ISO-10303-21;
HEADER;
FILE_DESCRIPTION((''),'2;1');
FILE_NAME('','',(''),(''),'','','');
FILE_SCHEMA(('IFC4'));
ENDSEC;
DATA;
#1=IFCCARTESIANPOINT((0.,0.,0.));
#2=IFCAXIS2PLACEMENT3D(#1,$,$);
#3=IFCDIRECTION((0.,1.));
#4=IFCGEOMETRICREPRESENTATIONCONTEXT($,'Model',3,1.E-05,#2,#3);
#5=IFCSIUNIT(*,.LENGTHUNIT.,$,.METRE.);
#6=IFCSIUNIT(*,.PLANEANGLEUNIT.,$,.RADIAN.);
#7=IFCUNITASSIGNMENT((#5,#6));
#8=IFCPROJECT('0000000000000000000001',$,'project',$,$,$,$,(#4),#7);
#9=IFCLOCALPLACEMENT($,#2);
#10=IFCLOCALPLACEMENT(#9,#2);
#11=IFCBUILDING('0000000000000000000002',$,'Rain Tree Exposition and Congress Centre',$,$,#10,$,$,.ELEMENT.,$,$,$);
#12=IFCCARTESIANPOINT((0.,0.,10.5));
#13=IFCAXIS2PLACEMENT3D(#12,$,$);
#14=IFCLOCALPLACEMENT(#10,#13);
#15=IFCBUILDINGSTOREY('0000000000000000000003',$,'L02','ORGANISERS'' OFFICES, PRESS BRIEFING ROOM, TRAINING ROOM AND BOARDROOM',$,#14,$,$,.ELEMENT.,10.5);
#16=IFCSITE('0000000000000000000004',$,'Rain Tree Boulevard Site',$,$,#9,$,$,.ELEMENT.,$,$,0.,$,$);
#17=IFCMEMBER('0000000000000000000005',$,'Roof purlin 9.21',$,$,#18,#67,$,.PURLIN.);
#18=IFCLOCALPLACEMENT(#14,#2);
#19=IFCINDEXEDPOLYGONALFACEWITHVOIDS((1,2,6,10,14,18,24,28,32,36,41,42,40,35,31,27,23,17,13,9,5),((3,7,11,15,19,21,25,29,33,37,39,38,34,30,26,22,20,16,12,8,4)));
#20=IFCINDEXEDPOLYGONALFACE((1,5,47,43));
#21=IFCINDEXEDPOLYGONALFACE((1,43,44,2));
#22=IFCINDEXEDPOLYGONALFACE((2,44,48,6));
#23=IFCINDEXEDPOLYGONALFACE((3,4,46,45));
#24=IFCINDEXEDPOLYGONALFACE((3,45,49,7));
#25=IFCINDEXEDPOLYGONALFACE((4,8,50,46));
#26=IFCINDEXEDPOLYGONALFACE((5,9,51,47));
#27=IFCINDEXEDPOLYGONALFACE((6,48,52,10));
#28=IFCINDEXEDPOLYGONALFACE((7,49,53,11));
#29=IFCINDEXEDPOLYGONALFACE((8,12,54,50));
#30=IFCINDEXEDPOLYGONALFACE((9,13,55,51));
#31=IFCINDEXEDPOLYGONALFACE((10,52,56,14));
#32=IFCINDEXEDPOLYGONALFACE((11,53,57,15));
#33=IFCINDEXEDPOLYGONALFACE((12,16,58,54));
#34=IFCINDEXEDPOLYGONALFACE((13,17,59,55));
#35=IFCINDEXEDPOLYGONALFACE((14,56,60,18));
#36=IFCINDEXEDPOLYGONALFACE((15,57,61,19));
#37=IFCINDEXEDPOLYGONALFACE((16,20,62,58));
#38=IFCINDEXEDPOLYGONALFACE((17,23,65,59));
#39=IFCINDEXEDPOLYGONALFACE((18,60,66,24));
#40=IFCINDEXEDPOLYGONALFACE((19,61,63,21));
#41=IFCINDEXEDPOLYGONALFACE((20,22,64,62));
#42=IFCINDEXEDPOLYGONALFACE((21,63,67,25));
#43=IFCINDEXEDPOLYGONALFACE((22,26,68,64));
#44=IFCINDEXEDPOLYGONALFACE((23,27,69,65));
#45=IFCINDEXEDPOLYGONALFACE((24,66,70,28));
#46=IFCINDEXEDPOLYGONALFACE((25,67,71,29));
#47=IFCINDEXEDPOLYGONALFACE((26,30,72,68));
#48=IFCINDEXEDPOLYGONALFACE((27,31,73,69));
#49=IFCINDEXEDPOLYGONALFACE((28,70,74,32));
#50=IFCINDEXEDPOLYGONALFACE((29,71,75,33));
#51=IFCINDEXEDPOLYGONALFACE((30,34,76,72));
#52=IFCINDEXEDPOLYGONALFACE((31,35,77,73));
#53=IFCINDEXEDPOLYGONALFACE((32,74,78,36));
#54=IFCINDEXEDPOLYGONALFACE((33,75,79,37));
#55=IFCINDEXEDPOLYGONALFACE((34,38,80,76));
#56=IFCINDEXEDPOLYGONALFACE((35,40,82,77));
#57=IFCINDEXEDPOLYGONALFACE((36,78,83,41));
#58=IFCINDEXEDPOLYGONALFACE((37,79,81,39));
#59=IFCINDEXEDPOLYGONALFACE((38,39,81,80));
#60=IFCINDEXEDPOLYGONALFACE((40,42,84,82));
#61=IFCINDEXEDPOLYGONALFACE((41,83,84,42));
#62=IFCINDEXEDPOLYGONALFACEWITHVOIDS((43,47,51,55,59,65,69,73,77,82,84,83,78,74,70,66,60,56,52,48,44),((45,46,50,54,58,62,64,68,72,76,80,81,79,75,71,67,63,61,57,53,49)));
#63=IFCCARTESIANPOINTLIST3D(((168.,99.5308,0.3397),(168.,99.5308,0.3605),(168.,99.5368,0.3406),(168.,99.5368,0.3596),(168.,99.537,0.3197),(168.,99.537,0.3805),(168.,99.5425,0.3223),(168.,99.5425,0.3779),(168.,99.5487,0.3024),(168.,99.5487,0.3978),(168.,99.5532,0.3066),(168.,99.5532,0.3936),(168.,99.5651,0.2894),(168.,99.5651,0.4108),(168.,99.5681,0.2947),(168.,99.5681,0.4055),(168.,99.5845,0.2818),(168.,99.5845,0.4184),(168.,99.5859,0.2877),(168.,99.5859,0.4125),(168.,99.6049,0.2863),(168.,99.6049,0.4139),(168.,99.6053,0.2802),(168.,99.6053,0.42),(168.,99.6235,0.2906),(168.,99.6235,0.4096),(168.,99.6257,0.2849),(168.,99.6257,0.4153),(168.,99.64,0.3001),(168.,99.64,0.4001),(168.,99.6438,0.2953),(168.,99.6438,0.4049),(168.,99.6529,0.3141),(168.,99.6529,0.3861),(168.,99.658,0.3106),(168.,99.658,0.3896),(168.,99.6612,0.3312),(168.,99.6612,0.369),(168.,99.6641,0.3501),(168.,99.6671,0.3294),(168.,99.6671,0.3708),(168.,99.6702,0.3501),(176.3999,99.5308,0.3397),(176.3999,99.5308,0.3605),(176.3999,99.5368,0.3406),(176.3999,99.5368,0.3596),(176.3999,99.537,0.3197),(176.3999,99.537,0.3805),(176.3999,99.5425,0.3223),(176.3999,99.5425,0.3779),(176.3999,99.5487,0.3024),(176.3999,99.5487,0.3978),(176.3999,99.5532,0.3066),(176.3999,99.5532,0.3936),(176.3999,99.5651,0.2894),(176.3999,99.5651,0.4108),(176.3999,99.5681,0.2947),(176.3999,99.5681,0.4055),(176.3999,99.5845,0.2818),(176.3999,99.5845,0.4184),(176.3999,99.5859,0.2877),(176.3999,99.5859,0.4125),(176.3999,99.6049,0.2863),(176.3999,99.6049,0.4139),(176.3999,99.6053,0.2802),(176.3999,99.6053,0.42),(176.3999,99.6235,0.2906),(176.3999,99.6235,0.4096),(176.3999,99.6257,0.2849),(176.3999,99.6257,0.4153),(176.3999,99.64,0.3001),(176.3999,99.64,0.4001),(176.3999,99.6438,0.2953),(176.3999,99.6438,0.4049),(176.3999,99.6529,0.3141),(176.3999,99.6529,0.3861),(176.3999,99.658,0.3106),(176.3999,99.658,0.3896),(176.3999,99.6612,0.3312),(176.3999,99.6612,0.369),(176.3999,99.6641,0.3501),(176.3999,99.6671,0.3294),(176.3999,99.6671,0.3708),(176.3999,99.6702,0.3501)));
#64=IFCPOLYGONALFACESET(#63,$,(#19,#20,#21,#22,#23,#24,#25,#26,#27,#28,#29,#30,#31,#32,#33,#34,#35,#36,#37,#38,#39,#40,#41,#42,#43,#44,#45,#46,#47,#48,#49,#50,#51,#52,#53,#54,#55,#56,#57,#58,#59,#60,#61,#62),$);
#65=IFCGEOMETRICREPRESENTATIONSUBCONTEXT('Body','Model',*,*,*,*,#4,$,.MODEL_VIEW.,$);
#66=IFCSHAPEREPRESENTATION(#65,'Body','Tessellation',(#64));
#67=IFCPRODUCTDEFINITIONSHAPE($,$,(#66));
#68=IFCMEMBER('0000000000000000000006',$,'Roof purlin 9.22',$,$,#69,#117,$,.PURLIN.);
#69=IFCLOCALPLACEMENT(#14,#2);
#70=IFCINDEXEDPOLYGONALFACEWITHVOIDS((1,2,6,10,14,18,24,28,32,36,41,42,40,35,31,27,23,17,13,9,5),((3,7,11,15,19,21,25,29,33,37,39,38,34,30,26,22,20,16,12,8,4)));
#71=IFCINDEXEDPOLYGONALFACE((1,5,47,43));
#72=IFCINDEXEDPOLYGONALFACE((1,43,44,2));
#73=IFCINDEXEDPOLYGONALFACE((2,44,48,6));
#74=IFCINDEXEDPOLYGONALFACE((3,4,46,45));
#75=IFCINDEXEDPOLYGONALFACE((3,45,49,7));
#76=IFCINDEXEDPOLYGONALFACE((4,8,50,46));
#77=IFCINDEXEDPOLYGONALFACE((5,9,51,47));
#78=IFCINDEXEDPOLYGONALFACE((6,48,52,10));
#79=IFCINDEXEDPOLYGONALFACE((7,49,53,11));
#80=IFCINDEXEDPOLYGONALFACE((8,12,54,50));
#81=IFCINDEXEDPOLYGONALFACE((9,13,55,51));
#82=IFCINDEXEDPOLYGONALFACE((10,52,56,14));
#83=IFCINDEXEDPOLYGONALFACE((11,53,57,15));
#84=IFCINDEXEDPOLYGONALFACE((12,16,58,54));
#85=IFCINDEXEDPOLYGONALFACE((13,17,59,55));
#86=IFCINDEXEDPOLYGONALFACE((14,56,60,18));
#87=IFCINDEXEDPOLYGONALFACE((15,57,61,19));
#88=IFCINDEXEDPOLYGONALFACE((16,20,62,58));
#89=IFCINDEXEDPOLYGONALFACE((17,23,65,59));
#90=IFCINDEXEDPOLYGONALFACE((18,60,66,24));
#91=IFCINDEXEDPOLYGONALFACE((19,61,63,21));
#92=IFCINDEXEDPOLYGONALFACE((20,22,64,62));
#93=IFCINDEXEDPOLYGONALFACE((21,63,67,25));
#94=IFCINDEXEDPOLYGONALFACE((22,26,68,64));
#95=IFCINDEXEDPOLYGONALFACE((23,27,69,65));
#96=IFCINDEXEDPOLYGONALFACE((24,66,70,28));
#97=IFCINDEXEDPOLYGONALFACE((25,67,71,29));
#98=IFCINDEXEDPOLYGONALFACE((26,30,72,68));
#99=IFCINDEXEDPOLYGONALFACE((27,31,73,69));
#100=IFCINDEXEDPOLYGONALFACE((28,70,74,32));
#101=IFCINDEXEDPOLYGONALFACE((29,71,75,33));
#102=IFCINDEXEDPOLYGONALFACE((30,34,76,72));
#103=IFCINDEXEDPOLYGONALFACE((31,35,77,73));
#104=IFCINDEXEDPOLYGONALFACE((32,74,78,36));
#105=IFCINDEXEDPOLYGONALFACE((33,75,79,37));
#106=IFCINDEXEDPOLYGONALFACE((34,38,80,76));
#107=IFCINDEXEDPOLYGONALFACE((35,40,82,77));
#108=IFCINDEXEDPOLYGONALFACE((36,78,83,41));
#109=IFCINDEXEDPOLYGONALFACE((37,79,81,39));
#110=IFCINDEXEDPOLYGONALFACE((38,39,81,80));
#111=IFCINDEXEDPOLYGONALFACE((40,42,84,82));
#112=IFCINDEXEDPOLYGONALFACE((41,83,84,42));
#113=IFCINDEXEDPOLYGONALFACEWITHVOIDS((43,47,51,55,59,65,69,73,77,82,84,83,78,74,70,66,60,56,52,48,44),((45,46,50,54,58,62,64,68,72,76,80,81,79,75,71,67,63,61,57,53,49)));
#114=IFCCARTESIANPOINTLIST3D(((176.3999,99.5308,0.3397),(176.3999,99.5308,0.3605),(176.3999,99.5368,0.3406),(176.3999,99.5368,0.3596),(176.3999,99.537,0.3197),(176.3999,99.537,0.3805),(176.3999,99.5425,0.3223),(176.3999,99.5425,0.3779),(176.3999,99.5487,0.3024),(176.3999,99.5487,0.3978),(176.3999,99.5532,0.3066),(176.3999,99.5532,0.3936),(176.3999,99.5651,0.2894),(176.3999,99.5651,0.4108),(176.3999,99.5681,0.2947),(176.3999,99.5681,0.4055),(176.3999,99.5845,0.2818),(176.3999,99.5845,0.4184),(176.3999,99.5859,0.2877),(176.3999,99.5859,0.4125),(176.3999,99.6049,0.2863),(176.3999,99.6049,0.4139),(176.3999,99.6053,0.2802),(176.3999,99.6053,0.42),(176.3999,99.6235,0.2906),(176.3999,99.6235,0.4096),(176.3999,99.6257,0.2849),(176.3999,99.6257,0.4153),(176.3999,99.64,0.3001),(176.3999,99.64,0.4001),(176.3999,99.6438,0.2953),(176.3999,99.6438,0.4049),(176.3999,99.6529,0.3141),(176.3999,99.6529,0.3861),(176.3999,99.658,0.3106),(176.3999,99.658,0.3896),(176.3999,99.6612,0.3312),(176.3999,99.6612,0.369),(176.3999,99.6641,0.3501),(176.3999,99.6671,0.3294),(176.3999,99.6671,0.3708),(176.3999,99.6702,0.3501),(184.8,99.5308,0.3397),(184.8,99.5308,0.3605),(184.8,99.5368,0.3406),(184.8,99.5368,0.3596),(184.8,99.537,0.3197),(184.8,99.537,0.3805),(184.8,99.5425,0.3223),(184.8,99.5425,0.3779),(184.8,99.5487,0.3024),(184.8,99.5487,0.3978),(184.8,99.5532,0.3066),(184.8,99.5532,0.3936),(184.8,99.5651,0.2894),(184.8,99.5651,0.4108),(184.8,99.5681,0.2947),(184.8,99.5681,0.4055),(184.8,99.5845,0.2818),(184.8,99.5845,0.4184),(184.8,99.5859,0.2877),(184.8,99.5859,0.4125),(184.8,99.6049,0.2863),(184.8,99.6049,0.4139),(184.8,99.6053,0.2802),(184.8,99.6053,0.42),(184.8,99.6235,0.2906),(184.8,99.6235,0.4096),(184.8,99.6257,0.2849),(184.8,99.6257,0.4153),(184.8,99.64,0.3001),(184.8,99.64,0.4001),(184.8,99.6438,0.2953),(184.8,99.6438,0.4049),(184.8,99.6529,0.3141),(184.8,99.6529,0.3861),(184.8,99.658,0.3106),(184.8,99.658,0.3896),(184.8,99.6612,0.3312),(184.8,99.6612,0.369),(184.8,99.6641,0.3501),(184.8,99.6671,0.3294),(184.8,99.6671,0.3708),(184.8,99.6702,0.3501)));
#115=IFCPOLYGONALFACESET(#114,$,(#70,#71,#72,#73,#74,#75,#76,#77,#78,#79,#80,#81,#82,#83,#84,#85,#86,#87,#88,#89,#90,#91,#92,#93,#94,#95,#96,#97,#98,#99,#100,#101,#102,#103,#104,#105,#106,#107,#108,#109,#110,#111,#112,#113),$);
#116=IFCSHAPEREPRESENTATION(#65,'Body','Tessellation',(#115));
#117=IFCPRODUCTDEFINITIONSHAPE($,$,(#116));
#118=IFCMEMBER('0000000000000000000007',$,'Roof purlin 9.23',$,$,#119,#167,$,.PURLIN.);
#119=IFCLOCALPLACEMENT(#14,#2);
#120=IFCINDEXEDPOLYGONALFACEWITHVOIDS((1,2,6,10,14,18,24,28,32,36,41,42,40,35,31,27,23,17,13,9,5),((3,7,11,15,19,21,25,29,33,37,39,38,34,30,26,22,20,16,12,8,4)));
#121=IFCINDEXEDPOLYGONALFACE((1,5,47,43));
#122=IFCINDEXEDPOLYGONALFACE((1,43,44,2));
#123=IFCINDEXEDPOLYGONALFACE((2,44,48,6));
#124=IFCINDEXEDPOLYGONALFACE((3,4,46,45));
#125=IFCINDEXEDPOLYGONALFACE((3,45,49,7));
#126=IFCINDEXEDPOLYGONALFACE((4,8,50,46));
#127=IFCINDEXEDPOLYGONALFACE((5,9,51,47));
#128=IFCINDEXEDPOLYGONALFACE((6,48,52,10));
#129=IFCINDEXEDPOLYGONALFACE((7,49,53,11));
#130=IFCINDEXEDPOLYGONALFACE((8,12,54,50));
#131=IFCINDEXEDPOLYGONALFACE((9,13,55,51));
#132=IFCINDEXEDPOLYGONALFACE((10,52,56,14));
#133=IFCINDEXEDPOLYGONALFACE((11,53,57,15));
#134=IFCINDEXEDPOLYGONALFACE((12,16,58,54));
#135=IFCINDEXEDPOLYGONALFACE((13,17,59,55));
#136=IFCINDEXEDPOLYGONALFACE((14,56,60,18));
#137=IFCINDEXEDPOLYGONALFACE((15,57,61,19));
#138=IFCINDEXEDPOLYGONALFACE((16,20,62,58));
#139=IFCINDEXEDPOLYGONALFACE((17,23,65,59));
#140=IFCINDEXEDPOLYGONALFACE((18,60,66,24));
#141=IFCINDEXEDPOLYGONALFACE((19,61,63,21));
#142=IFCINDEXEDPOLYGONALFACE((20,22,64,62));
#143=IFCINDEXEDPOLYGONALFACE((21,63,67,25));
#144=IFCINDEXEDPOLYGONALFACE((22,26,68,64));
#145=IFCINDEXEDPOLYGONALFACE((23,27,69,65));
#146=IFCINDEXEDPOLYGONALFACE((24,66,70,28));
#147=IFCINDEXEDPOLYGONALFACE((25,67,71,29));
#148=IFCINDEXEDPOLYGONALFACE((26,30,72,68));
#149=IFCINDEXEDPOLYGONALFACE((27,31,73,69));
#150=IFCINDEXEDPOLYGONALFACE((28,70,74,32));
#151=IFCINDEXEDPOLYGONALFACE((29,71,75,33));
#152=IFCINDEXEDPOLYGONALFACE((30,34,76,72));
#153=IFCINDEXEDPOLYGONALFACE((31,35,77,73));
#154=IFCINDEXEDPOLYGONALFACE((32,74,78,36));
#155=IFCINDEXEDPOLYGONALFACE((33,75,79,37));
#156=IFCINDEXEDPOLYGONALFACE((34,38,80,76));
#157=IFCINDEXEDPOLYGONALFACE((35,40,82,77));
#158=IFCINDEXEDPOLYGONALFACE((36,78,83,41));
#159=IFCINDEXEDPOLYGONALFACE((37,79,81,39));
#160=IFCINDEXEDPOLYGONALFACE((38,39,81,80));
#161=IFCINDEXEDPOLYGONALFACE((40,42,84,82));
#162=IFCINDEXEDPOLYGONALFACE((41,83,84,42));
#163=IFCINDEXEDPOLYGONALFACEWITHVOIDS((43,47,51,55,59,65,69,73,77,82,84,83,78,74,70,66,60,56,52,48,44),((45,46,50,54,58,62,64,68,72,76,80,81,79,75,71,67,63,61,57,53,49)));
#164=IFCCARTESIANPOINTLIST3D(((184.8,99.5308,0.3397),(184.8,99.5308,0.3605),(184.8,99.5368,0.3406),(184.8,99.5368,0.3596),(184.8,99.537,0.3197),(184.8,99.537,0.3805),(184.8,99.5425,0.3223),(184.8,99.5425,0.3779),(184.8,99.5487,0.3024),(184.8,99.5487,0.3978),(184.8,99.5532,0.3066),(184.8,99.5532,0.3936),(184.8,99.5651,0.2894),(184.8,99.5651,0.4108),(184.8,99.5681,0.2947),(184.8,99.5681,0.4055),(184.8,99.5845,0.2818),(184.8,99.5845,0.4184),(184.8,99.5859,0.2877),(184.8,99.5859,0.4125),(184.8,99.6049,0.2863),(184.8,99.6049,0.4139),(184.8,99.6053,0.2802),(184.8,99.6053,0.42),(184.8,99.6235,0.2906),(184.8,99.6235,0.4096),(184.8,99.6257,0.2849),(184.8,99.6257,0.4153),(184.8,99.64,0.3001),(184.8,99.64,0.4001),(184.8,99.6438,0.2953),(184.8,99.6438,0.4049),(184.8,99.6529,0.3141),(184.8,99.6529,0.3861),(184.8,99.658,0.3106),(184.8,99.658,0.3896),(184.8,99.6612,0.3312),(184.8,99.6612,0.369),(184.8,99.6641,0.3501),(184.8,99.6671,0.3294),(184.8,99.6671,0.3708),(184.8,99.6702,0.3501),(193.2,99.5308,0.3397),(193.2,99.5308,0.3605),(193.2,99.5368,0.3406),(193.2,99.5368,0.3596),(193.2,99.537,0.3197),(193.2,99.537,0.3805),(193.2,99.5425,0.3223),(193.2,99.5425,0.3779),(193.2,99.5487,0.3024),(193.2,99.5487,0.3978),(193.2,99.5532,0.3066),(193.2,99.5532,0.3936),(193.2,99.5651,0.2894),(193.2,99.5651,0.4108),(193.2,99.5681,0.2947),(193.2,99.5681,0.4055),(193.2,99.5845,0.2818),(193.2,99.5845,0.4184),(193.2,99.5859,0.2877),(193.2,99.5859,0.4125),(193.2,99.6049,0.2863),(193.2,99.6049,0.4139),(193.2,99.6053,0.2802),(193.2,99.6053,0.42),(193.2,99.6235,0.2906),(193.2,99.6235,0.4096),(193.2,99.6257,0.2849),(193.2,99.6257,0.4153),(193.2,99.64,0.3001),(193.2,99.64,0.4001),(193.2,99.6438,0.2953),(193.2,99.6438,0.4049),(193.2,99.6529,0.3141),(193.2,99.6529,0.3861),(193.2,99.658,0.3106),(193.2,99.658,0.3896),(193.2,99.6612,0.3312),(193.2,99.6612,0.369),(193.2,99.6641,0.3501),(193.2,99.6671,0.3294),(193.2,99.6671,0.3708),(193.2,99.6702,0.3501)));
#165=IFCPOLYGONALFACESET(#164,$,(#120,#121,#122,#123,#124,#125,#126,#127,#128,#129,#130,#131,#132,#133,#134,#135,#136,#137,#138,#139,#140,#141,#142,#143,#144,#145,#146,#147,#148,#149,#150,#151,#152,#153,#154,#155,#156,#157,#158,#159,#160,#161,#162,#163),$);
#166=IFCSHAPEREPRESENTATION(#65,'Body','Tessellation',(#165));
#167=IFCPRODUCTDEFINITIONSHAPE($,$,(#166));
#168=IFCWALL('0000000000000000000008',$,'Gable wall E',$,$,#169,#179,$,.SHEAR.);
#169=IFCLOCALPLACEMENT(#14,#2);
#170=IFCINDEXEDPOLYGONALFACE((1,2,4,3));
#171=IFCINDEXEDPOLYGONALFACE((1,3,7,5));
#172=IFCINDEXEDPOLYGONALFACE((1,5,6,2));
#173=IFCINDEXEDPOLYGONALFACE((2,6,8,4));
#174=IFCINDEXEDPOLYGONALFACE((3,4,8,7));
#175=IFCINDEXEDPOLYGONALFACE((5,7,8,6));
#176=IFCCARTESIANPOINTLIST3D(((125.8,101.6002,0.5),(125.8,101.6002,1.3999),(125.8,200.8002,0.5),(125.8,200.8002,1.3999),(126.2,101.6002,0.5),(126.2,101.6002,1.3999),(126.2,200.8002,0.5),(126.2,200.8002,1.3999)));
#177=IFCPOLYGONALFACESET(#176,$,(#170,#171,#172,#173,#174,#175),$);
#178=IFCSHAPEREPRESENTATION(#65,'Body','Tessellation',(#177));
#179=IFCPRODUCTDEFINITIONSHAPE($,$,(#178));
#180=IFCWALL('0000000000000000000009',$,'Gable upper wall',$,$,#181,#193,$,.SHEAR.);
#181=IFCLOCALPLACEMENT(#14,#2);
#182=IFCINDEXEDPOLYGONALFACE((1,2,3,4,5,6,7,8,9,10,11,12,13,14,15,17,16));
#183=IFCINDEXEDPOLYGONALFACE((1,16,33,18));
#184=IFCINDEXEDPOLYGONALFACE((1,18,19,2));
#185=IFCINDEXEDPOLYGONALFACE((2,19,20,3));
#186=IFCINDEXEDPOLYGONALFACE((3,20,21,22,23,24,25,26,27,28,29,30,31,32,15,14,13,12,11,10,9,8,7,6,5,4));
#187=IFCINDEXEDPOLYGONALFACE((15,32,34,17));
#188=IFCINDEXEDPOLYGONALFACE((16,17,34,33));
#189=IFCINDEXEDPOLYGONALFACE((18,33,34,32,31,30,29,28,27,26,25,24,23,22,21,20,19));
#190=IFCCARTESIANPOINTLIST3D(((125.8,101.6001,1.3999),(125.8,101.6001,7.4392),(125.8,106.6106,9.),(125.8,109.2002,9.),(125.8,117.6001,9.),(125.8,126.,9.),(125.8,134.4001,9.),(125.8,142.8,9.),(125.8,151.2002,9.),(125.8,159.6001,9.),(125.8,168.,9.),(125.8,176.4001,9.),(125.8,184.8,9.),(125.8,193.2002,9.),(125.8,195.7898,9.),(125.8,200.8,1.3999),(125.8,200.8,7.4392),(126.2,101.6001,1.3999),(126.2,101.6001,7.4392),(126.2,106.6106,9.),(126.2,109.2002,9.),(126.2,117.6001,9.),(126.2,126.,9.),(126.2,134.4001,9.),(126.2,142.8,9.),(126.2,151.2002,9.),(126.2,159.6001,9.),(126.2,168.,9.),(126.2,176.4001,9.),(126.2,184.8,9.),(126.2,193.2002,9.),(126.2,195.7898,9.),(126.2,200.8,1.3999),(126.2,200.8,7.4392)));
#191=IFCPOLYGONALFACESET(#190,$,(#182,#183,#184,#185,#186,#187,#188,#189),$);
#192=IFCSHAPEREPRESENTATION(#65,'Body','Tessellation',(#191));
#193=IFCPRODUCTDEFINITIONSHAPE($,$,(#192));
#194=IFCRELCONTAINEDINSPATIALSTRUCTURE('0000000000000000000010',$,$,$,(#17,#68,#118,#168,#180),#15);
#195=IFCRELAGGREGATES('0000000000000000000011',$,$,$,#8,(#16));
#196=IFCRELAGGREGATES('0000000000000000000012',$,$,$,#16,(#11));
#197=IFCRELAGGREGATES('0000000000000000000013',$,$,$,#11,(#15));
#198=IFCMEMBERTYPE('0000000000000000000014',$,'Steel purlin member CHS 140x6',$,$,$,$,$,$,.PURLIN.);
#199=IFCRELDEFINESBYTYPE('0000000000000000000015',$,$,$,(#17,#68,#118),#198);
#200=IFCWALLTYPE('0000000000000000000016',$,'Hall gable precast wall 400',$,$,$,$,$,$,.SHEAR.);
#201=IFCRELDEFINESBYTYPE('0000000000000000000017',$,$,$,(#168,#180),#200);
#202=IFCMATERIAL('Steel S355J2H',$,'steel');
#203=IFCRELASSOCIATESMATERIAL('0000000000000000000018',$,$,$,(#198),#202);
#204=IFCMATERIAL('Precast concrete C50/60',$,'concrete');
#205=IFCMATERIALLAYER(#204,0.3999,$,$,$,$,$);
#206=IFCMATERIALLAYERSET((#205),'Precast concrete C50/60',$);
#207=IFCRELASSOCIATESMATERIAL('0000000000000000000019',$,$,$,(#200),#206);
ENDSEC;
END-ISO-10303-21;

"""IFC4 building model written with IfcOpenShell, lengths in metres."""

from ifc_helpers import new_model, si_unit, direction, frame, frame_2d, origin, origin_2d, place, context, subcontext, project, spatial, polyline, rectangle, hollow_circle, outline, extrude, material, layer, layer_set, material_profile, profile_set, type_object, element, save


model = new_model("IFC4")

# Units and contexts
model_context = context("Model", 3, precision=1e-05, world=origin(), true_north=direction((0.0, 1.0)))
body_context = subcontext(model_context, "Body", "Model", "MODEL_VIEW")
ifc_project = project(units=[si_unit("LENGTHUNIT", "METRE"), si_unit("PLANEANGLEUNIT", "RADIAN")], contexts=[model_context])

# Site, building, storey
site_placement = place(None, origin())
site = spatial("IfcSite", under=ifc_project, at=site_placement, Name="Rain Tree Boulevard Site", CompositionType="ELEMENT", RefElevation=0.0)
building_placement = place(site_placement, origin())
building = spatial("IfcBuilding", under=site, at=building_placement, Name="Rain Tree Exposition and Congress Centre", CompositionType="ELEMENT")
storey_placement = place(building_placement, frame((0.0, 0.0, 10.5)))
storey = spatial("IfcBuildingStorey", under=building, at=storey_placement, Name="L02", Description="ORGANISERS' OFFICES, PRESS BRIEFING ROOM, TRAINING ROOM AND BOARDROOM", CompositionType="ELEMENT", Elevation=10.5)

# Members
ifc_material_1 = material(Name="Steel S355J2H", Category="steel")
ifc_material_profile_1 = material_profile(ifc_material_1, hollow_circle(Radius=0.0701, WallThickness=0.0061, at=origin_2d()), Name="CHS 140x6")
ifc_profile_set_1 = profile_set([ifc_material_profile_1], Name="Steel S355J2H")
member_type_1 = type_object("IfcMemberType", Name="Steel purlin member CHS 140x6", PredefinedType="PURLIN", material=ifc_profile_set_1)
for number, where, z_axis, x_axis, name in (
    (1, (168.0, 99.6001, 0.3501), (1.0, 0.0, 0.0), (0.0, 1.0, 0.0), "Roof purlin 9.21"),
):
    element("IfcMember", number, at=place(storey_placement, frame(where, z_axis=z_axis, x_axis=x_axis)), inside=storey, type_object=member_type_1, Name=name, PredefinedType="PURLIN", context=body_context, shape_type="SweptSolid", body=[
        extrude(hollow_circle(Radius=0.0701, WallThickness=0.0061, at=origin_2d()), origin(), (0.0, 0.0, 1.0), 8.3999),
    ])
member_1_placement = place(storey_placement, frame((176.3999, 99.6001, 0.3501), z_axis=(1.0, 0.0, 0.0), x_axis=(0.0, 1.0, 0.0)))
element("IfcMember", 2, at=member_1_placement, inside=storey, type_object=member_type_1, Name="Roof purlin 9.22", PredefinedType="PURLIN", context=body_context, shape_type="SweptSolid", body=[
    extrude(hollow_circle(Radius=0.0701, WallThickness=0.0061, at=origin_2d()), origin(), (0.0, 0.0, 1.0), 8.4001),
])
member_2_placement = place(storey_placement, frame((184.8, 99.6001, 0.3501), z_axis=(1.0, 0.0, 0.0), x_axis=(0.0, 1.0, 0.0)))
element("IfcMember", 3, at=member_2_placement, inside=storey, type_object=member_type_1, Name="Roof purlin 9.23", PredefinedType="PURLIN", context=body_context, shape_type="SweptSolid", body=[
    extrude(hollow_circle(Radius=0.0701, WallThickness=0.0061, at=origin_2d()), origin(), (0.0, 0.0, 1.0), 8.3999),
])

# Walls
ifc_material_2 = material(Name="Precast concrete C50/60", Category="concrete")
ifc_layer_1 = layer(ifc_material_2, 0.3999)
ifc_layer_set_1 = layer_set([ifc_layer_1], Name="Precast concrete C50/60")
wall_type = type_object("IfcWallType", Name="Hall gable precast wall 400", PredefinedType="SHEAR", material=ifc_layer_set_1)
wall_1_placement = place(storey_placement, frame((126.0, 101.6001, 0.5), z_axis=(0.0, 0.0, 1.0), x_axis=(0.0, 1.0, 0.0)))
element("IfcWall", 4, at=wall_1_placement, inside=storey, type_object=wall_type, Name="Gable wall E", PredefinedType="SHEAR", context=body_context, shape_type="SweptSolid", body=[
    extrude(rectangle(XDim=99.2, YDim=0.3999, at=frame_2d((49.6001, 0.0))), origin(), (0.0, 0.0, 1.0), 0.8999),
])
wall_2_placement = place(storey_placement, frame((126.0, 101.6001, 1.3999), z_axis=(0.0, 0.0, 1.0), x_axis=(0.0, 1.0, 0.0)))
element("IfcWall", 5, at=wall_2_placement, inside=storey, type_object=wall_type, Name="Gable upper wall", PredefinedType="SHEAR", context=body_context, shape_type="SweptSolid", body=[
    extrude(outline(polyline([(0.0, 0.0), (99.2, 0.0), (99.2, 6.0393), (94.1897, 7.6001), (91.6001, 7.6001), (83.2, 7.6001), (74.8, 7.6001), (66.3999, 7.6001), (58.0, 7.6001), (49.6001, 7.6001), (41.2, 7.6001), (32.8, 7.6001), (24.3999, 7.6001), (16.0, 7.6001), (7.6001, 7.6001), (5.0105, 7.6001), (0.0, 6.0393), (0.0, 0.0)])), frame((0.0, 0.2, 0.0), z_axis=(0.0, -1.0, 0.0), x_axis=(1.0, 0.0, 0.0)), (0.0, 0.0, 1.0), 0.3999),
])

save(model, "model.ifc")
